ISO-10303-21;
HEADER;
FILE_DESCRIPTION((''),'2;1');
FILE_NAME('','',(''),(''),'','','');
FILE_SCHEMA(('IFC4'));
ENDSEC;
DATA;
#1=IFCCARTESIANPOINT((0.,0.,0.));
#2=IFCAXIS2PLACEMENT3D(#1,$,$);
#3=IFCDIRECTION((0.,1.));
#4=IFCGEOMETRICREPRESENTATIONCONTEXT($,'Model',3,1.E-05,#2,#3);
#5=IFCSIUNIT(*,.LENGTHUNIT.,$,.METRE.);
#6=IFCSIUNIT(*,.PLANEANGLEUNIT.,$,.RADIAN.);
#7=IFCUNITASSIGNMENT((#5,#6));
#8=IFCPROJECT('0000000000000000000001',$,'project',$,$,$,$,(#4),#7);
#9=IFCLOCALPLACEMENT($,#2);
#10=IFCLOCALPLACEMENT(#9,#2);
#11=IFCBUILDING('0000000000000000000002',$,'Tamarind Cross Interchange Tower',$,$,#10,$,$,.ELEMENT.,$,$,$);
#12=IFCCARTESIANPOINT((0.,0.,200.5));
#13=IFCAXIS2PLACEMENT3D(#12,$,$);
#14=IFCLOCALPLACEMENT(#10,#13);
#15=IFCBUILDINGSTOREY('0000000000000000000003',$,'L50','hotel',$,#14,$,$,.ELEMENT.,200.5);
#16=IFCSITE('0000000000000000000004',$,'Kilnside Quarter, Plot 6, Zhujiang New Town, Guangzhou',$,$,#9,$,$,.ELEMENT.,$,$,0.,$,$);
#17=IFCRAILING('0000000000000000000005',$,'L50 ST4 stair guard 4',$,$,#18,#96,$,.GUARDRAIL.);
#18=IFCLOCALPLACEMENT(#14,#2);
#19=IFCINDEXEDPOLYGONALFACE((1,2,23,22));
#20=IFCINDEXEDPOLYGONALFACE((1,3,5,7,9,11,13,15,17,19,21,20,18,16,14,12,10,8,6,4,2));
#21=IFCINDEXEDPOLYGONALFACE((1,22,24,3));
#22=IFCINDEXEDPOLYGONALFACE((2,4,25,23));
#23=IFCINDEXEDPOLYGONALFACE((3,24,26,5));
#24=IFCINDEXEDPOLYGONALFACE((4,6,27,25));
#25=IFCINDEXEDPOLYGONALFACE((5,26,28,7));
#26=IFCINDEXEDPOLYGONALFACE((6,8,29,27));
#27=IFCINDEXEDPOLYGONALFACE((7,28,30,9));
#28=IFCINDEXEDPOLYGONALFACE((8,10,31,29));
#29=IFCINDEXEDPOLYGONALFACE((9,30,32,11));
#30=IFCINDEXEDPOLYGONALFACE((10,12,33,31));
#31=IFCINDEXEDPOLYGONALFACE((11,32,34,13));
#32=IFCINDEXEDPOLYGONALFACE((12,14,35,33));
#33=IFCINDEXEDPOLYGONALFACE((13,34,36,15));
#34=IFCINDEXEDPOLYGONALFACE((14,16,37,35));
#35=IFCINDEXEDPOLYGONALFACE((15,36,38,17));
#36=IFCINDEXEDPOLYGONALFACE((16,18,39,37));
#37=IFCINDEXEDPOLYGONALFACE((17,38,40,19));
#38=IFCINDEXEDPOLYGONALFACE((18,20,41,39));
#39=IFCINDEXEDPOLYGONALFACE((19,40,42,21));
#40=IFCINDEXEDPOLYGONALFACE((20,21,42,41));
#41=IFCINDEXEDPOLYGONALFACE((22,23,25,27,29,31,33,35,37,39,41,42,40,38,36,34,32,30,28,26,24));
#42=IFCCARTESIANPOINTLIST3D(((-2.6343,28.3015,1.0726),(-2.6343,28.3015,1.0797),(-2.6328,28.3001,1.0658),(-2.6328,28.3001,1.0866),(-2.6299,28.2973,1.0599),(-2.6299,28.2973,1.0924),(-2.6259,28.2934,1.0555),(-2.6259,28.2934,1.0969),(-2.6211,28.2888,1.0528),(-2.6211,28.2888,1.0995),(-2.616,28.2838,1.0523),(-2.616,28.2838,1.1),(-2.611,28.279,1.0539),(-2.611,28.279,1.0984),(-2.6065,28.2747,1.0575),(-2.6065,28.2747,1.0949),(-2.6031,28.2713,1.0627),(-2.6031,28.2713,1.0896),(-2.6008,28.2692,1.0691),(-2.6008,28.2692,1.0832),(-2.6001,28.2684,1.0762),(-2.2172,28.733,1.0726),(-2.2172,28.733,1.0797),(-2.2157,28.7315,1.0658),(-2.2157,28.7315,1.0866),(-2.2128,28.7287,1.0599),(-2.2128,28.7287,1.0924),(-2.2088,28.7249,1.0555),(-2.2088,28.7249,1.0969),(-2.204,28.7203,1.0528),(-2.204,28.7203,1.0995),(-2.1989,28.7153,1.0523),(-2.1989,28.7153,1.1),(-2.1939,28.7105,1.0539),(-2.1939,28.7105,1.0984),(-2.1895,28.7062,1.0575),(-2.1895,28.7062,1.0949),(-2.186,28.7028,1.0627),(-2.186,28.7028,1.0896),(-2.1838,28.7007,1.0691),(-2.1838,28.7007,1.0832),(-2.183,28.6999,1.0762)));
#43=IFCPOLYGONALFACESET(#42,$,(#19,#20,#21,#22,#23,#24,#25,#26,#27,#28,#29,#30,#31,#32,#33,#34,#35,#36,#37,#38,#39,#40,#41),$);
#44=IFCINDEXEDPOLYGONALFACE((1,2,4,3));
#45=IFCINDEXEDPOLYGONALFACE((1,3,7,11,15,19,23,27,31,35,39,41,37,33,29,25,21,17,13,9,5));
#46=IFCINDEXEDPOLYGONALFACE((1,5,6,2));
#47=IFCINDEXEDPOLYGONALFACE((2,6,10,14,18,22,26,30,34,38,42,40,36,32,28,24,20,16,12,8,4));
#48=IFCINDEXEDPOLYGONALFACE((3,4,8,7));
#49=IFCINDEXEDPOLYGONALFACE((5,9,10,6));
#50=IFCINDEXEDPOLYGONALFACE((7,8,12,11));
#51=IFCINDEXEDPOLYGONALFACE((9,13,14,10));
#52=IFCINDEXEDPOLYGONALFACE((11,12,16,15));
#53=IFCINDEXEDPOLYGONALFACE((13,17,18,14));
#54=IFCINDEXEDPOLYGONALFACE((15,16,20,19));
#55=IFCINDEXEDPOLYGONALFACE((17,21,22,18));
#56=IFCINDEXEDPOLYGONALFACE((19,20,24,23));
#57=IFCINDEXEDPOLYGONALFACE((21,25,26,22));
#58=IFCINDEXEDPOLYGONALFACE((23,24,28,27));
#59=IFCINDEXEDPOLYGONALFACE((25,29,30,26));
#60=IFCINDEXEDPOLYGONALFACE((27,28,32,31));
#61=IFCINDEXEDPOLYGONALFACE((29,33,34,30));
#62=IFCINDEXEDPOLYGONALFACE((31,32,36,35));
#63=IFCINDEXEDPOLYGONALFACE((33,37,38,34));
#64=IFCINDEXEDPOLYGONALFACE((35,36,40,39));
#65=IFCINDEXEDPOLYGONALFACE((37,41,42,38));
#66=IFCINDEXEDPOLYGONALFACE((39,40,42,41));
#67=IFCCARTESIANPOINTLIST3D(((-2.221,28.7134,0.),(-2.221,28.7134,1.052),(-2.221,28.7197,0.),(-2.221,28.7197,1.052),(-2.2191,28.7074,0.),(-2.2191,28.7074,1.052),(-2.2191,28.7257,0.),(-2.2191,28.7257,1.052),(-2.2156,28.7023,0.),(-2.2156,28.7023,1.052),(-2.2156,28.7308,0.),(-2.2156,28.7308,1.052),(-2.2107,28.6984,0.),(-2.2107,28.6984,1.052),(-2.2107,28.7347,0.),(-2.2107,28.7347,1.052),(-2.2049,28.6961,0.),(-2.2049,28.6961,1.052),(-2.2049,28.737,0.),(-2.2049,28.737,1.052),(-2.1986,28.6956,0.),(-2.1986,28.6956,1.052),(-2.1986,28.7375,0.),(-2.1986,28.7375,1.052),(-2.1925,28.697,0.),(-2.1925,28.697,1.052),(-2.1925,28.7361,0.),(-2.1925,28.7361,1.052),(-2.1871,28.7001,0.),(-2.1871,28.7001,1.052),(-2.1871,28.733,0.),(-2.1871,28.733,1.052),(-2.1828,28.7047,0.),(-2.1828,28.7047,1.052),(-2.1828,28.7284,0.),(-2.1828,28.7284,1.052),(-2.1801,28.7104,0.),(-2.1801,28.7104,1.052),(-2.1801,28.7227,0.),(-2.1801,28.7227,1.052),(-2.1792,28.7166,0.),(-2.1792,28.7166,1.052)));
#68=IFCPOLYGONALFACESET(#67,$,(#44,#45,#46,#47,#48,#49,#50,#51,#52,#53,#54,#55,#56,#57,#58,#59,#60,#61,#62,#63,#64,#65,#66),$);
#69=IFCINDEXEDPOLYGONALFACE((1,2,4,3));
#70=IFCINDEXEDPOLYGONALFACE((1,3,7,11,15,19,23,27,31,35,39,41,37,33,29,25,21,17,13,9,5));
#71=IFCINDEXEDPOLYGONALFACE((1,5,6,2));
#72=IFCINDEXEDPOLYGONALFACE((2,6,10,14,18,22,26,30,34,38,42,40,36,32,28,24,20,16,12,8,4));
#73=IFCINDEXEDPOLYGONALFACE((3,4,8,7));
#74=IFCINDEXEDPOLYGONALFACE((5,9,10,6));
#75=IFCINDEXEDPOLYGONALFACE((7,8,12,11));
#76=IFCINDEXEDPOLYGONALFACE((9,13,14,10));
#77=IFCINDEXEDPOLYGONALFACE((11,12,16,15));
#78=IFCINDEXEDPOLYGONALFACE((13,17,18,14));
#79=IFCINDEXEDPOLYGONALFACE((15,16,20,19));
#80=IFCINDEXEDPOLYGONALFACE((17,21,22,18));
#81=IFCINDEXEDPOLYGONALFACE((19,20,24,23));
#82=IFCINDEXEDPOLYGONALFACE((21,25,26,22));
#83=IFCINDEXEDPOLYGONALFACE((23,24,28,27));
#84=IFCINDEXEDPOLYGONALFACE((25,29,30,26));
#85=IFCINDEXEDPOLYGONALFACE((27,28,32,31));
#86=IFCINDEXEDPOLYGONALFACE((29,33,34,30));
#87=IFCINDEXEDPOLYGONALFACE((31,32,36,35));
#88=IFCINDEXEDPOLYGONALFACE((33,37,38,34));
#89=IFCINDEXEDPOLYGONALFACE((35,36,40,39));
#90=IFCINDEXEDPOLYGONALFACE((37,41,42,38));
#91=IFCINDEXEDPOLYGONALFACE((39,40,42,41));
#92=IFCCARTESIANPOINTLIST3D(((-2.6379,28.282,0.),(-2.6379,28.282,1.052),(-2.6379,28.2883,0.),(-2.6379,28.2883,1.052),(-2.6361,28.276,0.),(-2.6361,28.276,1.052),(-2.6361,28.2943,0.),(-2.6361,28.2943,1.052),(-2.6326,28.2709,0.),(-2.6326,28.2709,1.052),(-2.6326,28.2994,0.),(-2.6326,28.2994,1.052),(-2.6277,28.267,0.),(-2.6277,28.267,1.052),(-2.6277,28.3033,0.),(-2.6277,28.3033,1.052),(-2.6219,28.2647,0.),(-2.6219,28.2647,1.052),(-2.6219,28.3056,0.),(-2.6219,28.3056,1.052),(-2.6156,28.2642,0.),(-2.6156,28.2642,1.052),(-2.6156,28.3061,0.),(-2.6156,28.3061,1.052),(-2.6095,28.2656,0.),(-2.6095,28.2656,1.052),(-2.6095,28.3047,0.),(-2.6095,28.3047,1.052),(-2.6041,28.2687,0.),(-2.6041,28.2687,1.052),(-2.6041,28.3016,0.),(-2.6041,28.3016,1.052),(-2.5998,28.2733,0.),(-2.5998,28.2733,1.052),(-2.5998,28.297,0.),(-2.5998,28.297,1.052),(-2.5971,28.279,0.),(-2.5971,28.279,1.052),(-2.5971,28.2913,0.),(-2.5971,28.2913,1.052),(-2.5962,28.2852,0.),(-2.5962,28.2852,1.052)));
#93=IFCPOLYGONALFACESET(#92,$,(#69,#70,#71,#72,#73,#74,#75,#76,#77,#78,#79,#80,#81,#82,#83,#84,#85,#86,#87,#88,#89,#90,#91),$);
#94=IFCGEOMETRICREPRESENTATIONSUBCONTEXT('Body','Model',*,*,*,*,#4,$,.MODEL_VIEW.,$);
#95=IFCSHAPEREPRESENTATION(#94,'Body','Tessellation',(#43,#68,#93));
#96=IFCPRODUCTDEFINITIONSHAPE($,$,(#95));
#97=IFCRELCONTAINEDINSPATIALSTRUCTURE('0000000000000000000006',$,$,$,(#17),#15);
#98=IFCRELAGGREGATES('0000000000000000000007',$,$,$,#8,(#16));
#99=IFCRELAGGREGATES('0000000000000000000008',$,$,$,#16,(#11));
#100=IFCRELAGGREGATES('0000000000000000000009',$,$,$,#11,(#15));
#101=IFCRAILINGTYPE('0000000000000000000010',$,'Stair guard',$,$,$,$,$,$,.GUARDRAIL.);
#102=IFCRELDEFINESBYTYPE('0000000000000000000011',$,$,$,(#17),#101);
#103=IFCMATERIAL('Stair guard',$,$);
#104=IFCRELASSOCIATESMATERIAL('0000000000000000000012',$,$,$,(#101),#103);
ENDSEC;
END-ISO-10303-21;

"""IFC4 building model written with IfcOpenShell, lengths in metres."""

from ifc_helpers import new_model, si_unit, direction, frame, origin, origin_2d, place, context, subcontext, project, spatial, circle, extrude, material, type_object, element, save


model = new_model("IFC4")

# Units and contexts
model_context = context("Model", 3, precision=1e-05, world=origin(), true_north=direction((0.0, 1.0)))
body_context = subcontext(model_context, "Body", "Model", "MODEL_VIEW")
ifc_project = project(units=[si_unit("LENGTHUNIT", "METRE"), si_unit("PLANEANGLEUNIT", "RADIAN")], contexts=[model_context])

# Site, building, storey
site_placement = place(None, origin())
site = spatial("IfcSite", under=ifc_project, at=site_placement, Name="Kilnside Quarter, Plot 6, Zhujiang New Town, Guangzhou", CompositionType="ELEMENT", RefElevation=0.0)
building_placement = place(site_placement, origin())
building = spatial("IfcBuilding", under=site, at=building_placement, Name="Tamarind Cross Interchange Tower", CompositionType="ELEMENT")
storey_placement = place(building_placement, frame((0.0, 0.0, 200.5)))
storey = spatial("IfcBuildingStorey", under=building, at=storey_placement, Name="L50", Description="hotel", CompositionType="ELEMENT", Elevation=200.5)

# Railing
ifc_material_1 = material(Name="Stair guard")
railing_type_1 = type_object("IfcRailingType", Name="Stair guard", PredefinedType="GUARDRAIL", material=ifc_material_1)
railing_1_placement = place(storey_placement, frame((-2.2002, 28.7166, 0.0)))
element("IfcRailing", 1, at=railing_1_placement, inside=storey, type_object=railing_type_1, Name="L50 ST4 stair guard 4", PredefinedType="GUARDRAIL", context=body_context, shape_type="SweptSolid", body=[
    extrude(circle(Radius=0.0239, at=origin_2d()), frame((0.0, 0.0, 1.0762), z_axis=(-0.695001, -0.719009, 0.0), x_axis=(0.719009, -0.695001, 0.0)), (0.0, 0.0, 1.0), 0.6001),
    extrude(circle(Radius=0.021, at=origin_2d()), origin(), (0.0, 0.0, 1.0), 1.052),
    extrude(circle(Radius=0.021, at=origin_2d()), frame((-0.417, -0.4314, 0.0)), (0.0, 0.0, 1.0), 1.052),
])

save(model, "model.ifc")
